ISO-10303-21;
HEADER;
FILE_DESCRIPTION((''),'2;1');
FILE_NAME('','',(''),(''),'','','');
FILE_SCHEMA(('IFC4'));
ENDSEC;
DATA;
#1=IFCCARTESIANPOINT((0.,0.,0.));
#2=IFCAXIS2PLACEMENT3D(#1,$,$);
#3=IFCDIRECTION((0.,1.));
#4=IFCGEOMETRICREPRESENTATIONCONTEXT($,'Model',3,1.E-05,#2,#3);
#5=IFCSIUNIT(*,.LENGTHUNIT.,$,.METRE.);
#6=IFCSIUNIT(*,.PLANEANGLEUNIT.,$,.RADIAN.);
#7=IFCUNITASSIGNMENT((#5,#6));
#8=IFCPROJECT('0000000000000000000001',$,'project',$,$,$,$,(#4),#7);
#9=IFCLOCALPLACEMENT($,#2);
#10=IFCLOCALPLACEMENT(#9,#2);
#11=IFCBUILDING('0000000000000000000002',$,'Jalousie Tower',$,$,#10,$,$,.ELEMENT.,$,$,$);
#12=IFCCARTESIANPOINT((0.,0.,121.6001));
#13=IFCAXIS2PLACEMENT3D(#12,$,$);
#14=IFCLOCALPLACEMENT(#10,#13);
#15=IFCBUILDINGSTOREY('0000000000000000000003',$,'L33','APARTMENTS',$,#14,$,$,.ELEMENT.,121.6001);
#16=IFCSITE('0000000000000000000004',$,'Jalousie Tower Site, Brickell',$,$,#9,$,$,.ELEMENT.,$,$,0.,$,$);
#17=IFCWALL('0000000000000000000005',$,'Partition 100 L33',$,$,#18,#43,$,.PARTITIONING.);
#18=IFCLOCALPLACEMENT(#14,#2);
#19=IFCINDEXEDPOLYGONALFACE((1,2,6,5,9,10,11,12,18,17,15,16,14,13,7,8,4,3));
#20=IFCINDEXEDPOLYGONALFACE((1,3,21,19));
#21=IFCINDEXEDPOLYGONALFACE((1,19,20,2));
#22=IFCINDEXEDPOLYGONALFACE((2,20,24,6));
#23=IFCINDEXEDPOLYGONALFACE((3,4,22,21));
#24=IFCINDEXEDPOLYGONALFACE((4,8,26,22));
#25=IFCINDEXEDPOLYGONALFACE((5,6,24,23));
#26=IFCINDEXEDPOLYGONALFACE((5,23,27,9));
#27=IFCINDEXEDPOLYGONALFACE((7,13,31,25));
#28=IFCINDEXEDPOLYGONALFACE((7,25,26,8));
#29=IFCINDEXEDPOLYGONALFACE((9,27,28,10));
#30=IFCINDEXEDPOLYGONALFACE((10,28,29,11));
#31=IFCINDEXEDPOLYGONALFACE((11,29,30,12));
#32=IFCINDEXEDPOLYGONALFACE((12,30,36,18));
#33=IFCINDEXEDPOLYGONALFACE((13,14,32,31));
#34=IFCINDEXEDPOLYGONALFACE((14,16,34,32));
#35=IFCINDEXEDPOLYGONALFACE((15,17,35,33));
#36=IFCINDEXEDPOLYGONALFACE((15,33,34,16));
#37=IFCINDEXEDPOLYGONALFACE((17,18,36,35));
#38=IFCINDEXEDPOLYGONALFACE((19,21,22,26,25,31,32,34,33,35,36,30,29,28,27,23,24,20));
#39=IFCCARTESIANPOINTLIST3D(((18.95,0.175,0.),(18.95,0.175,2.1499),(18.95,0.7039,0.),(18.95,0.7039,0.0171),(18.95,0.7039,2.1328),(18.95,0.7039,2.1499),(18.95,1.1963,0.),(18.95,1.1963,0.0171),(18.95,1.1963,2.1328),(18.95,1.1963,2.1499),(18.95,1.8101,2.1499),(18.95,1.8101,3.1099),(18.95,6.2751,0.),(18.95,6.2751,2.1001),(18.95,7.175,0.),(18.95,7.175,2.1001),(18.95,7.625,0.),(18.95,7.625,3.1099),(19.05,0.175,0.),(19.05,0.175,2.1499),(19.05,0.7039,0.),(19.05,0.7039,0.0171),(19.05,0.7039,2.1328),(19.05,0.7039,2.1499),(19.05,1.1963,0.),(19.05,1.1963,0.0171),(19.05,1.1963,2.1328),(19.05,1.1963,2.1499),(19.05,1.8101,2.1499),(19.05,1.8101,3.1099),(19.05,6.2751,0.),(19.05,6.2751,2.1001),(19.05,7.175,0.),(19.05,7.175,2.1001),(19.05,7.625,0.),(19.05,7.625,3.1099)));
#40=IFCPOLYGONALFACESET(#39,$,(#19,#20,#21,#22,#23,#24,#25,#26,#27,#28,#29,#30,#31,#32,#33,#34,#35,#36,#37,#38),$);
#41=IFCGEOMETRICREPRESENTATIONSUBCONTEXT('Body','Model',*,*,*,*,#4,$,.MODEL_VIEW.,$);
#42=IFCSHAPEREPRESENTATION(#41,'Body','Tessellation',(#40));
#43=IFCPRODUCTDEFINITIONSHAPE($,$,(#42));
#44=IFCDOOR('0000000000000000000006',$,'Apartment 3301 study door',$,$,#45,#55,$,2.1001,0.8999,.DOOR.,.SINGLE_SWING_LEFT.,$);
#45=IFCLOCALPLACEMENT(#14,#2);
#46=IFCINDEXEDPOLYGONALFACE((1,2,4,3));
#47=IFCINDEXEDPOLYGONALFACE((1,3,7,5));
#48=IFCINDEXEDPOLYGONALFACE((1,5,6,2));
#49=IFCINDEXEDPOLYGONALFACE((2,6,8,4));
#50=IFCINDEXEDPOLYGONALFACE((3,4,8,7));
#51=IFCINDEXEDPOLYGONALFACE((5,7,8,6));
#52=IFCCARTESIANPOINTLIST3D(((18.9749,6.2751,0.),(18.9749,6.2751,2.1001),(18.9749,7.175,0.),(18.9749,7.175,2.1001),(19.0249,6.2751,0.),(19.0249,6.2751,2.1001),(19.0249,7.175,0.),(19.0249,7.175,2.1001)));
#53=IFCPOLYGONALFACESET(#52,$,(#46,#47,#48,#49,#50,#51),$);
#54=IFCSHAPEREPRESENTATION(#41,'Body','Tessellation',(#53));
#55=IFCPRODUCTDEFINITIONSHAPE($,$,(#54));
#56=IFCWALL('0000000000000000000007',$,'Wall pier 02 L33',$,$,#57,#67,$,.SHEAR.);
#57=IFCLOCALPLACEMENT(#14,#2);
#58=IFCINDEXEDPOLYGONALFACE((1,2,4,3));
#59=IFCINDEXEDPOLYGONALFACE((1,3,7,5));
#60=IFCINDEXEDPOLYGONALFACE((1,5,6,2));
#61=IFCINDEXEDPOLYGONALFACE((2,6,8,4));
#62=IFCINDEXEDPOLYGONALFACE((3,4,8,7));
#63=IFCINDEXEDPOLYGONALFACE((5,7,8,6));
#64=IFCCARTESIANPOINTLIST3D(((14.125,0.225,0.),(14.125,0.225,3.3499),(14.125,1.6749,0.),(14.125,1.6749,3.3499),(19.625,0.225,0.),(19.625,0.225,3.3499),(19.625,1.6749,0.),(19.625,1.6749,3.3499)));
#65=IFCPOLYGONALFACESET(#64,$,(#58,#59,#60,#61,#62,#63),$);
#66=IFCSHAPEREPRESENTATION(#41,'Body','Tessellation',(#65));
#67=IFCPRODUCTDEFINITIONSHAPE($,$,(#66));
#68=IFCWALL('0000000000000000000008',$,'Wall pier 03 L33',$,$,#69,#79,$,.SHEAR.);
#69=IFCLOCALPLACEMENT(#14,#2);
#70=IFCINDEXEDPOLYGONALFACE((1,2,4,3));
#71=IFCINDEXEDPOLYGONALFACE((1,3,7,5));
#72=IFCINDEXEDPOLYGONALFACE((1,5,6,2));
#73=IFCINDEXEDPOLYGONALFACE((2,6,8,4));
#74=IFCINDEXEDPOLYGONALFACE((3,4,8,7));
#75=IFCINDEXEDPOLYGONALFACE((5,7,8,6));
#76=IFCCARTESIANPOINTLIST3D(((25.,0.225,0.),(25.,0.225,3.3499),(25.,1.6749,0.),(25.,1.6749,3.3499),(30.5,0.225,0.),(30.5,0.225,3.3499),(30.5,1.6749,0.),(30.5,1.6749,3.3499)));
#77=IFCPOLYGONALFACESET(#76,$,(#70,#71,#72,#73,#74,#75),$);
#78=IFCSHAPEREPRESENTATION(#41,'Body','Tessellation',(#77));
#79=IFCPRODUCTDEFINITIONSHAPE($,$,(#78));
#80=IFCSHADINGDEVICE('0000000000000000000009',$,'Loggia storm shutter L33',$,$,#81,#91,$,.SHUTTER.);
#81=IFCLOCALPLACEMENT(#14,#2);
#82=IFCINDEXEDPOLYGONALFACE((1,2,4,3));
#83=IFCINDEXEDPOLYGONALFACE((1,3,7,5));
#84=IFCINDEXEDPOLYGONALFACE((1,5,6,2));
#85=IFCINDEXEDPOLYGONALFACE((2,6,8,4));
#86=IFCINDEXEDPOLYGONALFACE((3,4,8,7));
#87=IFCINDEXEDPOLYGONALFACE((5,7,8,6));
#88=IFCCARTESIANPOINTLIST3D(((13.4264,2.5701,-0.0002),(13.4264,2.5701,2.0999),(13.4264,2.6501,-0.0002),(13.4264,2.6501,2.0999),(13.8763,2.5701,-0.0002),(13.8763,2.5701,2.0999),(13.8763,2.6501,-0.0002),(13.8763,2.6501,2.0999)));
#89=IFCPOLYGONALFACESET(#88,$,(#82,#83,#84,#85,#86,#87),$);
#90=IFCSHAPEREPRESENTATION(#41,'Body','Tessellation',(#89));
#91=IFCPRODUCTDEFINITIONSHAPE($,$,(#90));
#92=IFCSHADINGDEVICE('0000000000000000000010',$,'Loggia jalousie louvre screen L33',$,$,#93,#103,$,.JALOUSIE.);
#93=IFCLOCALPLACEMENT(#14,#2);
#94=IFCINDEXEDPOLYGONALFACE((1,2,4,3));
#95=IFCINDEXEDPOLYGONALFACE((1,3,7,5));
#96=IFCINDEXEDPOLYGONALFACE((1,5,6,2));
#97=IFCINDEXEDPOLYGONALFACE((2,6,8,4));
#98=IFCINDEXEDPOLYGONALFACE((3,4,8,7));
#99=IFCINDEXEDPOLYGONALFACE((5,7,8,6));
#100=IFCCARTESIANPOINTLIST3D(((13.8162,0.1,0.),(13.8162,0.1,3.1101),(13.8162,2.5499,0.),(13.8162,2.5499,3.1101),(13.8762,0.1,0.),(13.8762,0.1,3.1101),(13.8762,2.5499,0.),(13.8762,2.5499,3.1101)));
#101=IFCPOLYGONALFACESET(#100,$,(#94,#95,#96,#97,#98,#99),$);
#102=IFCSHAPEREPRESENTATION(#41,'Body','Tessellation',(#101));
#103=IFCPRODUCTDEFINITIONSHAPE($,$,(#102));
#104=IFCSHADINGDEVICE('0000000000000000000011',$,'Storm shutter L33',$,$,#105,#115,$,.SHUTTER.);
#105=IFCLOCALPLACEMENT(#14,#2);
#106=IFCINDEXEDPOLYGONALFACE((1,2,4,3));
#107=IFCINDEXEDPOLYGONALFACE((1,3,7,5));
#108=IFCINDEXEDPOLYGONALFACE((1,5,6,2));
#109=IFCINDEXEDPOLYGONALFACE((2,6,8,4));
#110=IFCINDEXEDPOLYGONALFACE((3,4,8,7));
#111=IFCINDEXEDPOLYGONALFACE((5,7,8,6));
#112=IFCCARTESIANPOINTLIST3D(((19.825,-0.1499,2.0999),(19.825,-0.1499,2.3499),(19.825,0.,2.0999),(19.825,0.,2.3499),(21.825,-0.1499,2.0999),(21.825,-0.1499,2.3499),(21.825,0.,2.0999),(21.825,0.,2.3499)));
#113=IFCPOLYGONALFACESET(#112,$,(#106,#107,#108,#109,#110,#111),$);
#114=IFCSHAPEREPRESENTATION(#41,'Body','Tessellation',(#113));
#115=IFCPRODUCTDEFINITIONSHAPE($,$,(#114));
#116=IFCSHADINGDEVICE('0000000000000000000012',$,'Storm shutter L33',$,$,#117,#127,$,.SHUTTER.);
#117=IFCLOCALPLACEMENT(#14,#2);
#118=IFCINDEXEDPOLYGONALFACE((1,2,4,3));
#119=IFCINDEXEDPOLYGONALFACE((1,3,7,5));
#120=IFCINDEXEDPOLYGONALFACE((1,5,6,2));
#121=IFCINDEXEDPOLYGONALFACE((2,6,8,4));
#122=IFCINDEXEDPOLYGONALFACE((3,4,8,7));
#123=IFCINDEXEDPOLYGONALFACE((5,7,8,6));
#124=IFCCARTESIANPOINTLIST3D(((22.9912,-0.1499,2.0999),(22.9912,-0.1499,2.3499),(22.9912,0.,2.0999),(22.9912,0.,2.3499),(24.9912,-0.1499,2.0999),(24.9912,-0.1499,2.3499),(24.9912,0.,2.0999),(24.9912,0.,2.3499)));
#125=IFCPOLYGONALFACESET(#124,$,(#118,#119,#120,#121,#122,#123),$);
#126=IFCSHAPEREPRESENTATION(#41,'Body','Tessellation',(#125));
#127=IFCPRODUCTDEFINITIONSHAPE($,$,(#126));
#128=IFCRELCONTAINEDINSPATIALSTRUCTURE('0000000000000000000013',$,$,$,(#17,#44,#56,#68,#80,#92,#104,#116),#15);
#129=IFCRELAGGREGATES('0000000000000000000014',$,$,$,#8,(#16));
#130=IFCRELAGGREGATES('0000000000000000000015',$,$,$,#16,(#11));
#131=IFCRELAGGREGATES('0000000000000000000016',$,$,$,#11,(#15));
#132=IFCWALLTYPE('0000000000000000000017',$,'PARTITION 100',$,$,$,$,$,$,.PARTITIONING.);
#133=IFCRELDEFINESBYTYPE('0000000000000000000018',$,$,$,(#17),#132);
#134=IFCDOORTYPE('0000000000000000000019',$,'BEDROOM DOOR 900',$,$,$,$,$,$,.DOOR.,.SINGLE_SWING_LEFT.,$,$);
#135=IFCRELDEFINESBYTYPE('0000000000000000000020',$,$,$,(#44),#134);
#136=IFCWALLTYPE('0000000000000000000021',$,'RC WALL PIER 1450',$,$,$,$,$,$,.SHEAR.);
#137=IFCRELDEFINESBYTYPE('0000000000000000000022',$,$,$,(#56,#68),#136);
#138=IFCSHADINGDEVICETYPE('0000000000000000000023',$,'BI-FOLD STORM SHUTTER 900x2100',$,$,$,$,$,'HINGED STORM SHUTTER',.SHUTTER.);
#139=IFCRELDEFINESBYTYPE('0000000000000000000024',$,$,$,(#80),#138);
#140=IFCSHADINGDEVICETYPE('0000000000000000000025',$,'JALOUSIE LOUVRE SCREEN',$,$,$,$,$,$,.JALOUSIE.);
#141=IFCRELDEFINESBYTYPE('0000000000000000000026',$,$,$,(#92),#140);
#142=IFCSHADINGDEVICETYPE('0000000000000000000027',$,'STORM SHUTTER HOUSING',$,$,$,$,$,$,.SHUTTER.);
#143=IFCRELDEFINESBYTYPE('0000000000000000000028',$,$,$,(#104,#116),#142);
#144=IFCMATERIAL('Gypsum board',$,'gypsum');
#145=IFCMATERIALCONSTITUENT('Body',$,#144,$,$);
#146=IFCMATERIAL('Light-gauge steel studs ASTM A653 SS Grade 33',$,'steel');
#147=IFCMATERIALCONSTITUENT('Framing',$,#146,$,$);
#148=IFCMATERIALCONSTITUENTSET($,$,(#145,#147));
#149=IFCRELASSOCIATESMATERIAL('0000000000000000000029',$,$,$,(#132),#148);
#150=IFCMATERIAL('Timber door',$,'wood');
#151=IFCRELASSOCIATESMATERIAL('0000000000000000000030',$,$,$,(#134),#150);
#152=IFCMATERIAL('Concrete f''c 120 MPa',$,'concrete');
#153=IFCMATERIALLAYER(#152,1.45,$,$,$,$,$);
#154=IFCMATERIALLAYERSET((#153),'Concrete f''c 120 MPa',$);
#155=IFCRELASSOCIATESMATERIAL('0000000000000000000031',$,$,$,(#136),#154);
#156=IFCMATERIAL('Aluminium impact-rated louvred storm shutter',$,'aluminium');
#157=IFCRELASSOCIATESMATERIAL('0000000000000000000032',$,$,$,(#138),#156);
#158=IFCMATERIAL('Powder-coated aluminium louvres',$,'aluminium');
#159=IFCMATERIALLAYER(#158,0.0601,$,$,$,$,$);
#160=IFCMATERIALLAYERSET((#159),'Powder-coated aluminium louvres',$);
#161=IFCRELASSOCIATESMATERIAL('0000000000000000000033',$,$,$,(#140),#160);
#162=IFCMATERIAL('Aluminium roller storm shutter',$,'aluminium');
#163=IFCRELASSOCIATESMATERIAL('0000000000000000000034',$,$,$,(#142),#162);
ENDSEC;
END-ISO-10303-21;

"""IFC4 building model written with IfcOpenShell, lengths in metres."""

from ifc_helpers import new_model, si_unit, direction, frame, frame_2d, origin, origin_2d, place, context, subcontext, project, spatial, polyline, rectangle, outline, extrude, material, layer, layer_set, constituent, constituent_set, type_object, element, fill, save


model = new_model("IFC4")

# Units and contexts
model_context = context("Model", 3, precision=1e-05, world=origin(), true_north=direction((0.0, 1.0)))
body_context = subcontext(model_context, "Body", "Model", "MODEL_VIEW")
ifc_project = project(units=[si_unit("LENGTHUNIT", "METRE"), si_unit("PLANEANGLEUNIT", "RADIAN")], contexts=[model_context])

# Site, building, storey
site_placement = place(None, origin())
site = spatial("IfcSite", under=ifc_project, at=site_placement, Name="Jalousie Tower Site, Brickell", CompositionType="ELEMENT", RefElevation=0.0)
building_placement = place(site_placement, origin())
building = spatial("IfcBuilding", under=site, at=building_placement, Name="Jalousie Tower", CompositionType="ELEMENT")
storey_placement = place(building_placement, frame((0.0, 0.0, 121.6001)))
storey = spatial("IfcBuildingStorey", under=building, at=storey_placement, Name="L33", Description="APARTMENTS", CompositionType="ELEMENT", Elevation=121.6001)

# Wall, opening, door
ifc_material_1 = material(Name="Gypsum board", Category="gypsum")
ifc_constituent_1 = constituent(ifc_material_1, Name="Body")
ifc_material_2 = material(Name="Light-gauge steel studs ASTM A653 SS Grade 33", Category="steel")
ifc_constituent_2 = constituent(ifc_material_2, Name="Framing")
ifc_constituent_set_1 = constituent_set(constituents=[ifc_constituent_1, ifc_constituent_2])
wall_type_1 = type_object("IfcWallType", Name="PARTITION 100", PredefinedType="PARTITIONING", material=ifc_constituent_set_1)
ifc_material_3 = material(Name="Timber door", Category="wood")
door_type = type_object("IfcDoorType", Name="BEDROOM DOOR 900", OperationType="SINGLE_SWING_LEFT", PredefinedType="DOOR", material=ifc_material_3)
wall_1_placement = place(storey_placement, frame((19.0, 0.175, 0.0), z_axis=(0.0, 0.0, 1.0), x_axis=(0.0, 1.0, 0.0)))
wall_1 = element("IfcWall", 1, at=wall_1_placement, inside=storey, type_object=wall_type_1, Name="Partition 100 L33", PredefinedType="PARTITIONING", context=body_context, shape_type="SweptSolid", body=[
    extrude(outline(polyline([(0.5288, 2.1499), (0.0, 2.1499), (0.0, 0.0), (0.5288, 0.0), (0.5288, 0.0171), (1.0212, 0.0171), (1.0212, 0.0), (7.45, 0.0), (7.45, 3.1099), (1.635, 3.1099), (1.635, 2.1499), (1.0212, 2.1499), (1.0212, 2.1328), (0.5288, 2.1328), (0.5288, 2.1499)])), frame((0.0, 0.05, 0.0), z_axis=(0.0, -1.0, 0.0), x_axis=(1.0, 0.0, 0.0)), (0.0, 0.0, 1.0), 0.1001),
])
opening_1_placement = place(wall_1_placement, frame((6.1001, 0.0, 0.0)))
opening_1 = element("IfcOpeningElement", 2, at=opening_1_placement, cuts=wall_1, PredefinedType="OPENING", context=body_context, shape_type="SweptSolid", body=[
    extrude(rectangle(XDim=0.8999, YDim=2.1001, at=frame_2d((0.45, 1.05))), frame((0.0, 0.0601, 0.0), z_axis=(0.0, -1.0, 0.0), x_axis=(1.0, 0.0, 0.0)), (0.0, 0.0, 1.0), 0.1201),
])
door_1_placement = place(opening_1_placement, frame((0.8999, 0.0, 0.0), z_axis=(0.0, 0.0, 1.0), x_axis=(-1.0, 0.0, 0.0)))
door_1 = element("IfcDoor", 3, at=door_1_placement, inside=storey, type_object=door_type, Name="Apartment 3301 study door", OperationType="SINGLE_SWING_LEFT", OverallHeight=2.1001, OverallWidth=0.8999, PredefinedType="DOOR", context=body_context, shape_type="SweptSolid", body=[
    extrude(rectangle(XDim=0.8999, YDim=2.1001, at=frame_2d((0.45, 1.05))), frame((0.0, 0.0249, 0.0), z_axis=(0.0, -1.0, 0.0), x_axis=(1.0, 0.0, 0.0)), (0.0, 0.0, 1.0), 0.05),
])
fill(opening_1, door_1)

# Walls
ifc_material_4 = material(Name="Concrete f'c 120 MPa", Category="concrete")
ifc_layer_1 = layer(ifc_material_4, 1.45)
ifc_layer_set_1 = layer_set([ifc_layer_1], Name="Concrete f'c 120 MPa")
wall_type_2 = type_object("IfcWallType", Name="RC WALL PIER 1450", PredefinedType="SHEAR", material=ifc_layer_set_1)
for number, where, z_axis, x_axis, name in (
    (4, (14.125, 0.95, 0.0), (0.0, 0.0, 1.0), (1.0, 0.0, 0.0), "Wall pier 02 L33"),
    (5, (25.0, 0.95, 0.0), (0.0, 0.0, 1.0), (1.0, 0.0, 0.0), "Wall pier 03 L33"),
):
    element("IfcWall", number, at=place(storey_placement, frame(where, z_axis=z_axis, x_axis=x_axis)), inside=storey, type_object=wall_type_2, Name=name, PredefinedType="SHEAR", context=body_context, shape_type="SweptSolid", body=[
        extrude(rectangle(XDim=5.5, YDim=1.45, at=frame_2d((2.75, 0.0))), origin(), (0.0, 0.0, 1.0), 3.3499),
    ])

# Shading devices
ifc_material_5 = material(Name="Aluminium impact-rated louvred storm shutter", Category="aluminium")
shading_device_type_1 = type_object("IfcShadingDeviceType", Name="BI-FOLD STORM SHUTTER 900x2100", ElementType="HINGED STORM SHUTTER", PredefinedType="SHUTTER", material=ifc_material_5)
shading_device_1_placement = place(storey_placement, frame((13.6514, 2.6101, -0.0002), z_axis=(0.0, 0.0, 1.0), x_axis=(1.0, 0.0, 0.0)))
element("IfcShadingDevice", 6, at=shading_device_1_placement, inside=storey, type_object=shading_device_type_1, Name="Loggia storm shutter L33", PredefinedType="SHUTTER", context=body_context, shape_type="SweptSolid", body=[
    extrude(rectangle(XDim=0.45, YDim=0.0801, at=origin_2d()), origin(), (0.0, 0.0, 1.0), 2.1001),
])
ifc_material_6 = material(Name="Powder-coated aluminium louvres", Category="aluminium")
ifc_layer_2 = layer(ifc_material_6, 0.0601)
ifc_layer_set_2 = layer_set([ifc_layer_2], Name="Powder-coated aluminium louvres")
shading_device_type_2 = type_object("IfcShadingDeviceType", Name="JALOUSIE LOUVRE SCREEN", PredefinedType="JALOUSIE", material=ifc_layer_set_2)
shading_device_2_placement = place(storey_placement, frame((13.8462, 1.325, 0.0), z_axis=(0.0, 0.0, 1.0), x_axis=(1.0, 0.0, 0.0)))
element("IfcShadingDevice", 7, at=shading_device_2_placement, inside=storey, type_object=shading_device_type_2, Name="Loggia jalousie louvre screen L33", PredefinedType="JALOUSIE", context=body_context, shape_type="SweptSolid", body=[
    extrude(rectangle(XDim=0.0601, YDim=2.45, at=origin_2d()), origin(), (0.0, 0.0, 1.0), 3.1101),
])
ifc_material_7 = material(Name="Aluminium roller storm shutter", Category="aluminium")
shading_device_type_3 = type_object("IfcShadingDeviceType", Name="STORM SHUTTER HOUSING", PredefinedType="SHUTTER", material=ifc_material_7)
for number, where, z_axis, x_axis, name in (
    (8, (20.825, -0.075, 2.0999), (0.0, 0.0, 1.0), (1.0, 0.0, 0.0), "Storm shutter L33"),
    (9, (23.9912, -0.075, 2.0999), (0.0, 0.0, 1.0), (1.0, 0.0, 0.0), "Storm shutter L33"),
):
    element("IfcShadingDevice", number, at=place(storey_placement, frame(where, z_axis=z_axis, x_axis=x_axis)), inside=storey, type_object=shading_device_type_3, Name=name, PredefinedType="SHUTTER", context=body_context, shape_type="SweptSolid", body=[
        extrude(rectangle(XDim=2.0, YDim=0.1499, at=origin_2d()), origin(), (0.0, 0.0, 1.0), 0.25),
    ])

save(model, "model.ifc")
